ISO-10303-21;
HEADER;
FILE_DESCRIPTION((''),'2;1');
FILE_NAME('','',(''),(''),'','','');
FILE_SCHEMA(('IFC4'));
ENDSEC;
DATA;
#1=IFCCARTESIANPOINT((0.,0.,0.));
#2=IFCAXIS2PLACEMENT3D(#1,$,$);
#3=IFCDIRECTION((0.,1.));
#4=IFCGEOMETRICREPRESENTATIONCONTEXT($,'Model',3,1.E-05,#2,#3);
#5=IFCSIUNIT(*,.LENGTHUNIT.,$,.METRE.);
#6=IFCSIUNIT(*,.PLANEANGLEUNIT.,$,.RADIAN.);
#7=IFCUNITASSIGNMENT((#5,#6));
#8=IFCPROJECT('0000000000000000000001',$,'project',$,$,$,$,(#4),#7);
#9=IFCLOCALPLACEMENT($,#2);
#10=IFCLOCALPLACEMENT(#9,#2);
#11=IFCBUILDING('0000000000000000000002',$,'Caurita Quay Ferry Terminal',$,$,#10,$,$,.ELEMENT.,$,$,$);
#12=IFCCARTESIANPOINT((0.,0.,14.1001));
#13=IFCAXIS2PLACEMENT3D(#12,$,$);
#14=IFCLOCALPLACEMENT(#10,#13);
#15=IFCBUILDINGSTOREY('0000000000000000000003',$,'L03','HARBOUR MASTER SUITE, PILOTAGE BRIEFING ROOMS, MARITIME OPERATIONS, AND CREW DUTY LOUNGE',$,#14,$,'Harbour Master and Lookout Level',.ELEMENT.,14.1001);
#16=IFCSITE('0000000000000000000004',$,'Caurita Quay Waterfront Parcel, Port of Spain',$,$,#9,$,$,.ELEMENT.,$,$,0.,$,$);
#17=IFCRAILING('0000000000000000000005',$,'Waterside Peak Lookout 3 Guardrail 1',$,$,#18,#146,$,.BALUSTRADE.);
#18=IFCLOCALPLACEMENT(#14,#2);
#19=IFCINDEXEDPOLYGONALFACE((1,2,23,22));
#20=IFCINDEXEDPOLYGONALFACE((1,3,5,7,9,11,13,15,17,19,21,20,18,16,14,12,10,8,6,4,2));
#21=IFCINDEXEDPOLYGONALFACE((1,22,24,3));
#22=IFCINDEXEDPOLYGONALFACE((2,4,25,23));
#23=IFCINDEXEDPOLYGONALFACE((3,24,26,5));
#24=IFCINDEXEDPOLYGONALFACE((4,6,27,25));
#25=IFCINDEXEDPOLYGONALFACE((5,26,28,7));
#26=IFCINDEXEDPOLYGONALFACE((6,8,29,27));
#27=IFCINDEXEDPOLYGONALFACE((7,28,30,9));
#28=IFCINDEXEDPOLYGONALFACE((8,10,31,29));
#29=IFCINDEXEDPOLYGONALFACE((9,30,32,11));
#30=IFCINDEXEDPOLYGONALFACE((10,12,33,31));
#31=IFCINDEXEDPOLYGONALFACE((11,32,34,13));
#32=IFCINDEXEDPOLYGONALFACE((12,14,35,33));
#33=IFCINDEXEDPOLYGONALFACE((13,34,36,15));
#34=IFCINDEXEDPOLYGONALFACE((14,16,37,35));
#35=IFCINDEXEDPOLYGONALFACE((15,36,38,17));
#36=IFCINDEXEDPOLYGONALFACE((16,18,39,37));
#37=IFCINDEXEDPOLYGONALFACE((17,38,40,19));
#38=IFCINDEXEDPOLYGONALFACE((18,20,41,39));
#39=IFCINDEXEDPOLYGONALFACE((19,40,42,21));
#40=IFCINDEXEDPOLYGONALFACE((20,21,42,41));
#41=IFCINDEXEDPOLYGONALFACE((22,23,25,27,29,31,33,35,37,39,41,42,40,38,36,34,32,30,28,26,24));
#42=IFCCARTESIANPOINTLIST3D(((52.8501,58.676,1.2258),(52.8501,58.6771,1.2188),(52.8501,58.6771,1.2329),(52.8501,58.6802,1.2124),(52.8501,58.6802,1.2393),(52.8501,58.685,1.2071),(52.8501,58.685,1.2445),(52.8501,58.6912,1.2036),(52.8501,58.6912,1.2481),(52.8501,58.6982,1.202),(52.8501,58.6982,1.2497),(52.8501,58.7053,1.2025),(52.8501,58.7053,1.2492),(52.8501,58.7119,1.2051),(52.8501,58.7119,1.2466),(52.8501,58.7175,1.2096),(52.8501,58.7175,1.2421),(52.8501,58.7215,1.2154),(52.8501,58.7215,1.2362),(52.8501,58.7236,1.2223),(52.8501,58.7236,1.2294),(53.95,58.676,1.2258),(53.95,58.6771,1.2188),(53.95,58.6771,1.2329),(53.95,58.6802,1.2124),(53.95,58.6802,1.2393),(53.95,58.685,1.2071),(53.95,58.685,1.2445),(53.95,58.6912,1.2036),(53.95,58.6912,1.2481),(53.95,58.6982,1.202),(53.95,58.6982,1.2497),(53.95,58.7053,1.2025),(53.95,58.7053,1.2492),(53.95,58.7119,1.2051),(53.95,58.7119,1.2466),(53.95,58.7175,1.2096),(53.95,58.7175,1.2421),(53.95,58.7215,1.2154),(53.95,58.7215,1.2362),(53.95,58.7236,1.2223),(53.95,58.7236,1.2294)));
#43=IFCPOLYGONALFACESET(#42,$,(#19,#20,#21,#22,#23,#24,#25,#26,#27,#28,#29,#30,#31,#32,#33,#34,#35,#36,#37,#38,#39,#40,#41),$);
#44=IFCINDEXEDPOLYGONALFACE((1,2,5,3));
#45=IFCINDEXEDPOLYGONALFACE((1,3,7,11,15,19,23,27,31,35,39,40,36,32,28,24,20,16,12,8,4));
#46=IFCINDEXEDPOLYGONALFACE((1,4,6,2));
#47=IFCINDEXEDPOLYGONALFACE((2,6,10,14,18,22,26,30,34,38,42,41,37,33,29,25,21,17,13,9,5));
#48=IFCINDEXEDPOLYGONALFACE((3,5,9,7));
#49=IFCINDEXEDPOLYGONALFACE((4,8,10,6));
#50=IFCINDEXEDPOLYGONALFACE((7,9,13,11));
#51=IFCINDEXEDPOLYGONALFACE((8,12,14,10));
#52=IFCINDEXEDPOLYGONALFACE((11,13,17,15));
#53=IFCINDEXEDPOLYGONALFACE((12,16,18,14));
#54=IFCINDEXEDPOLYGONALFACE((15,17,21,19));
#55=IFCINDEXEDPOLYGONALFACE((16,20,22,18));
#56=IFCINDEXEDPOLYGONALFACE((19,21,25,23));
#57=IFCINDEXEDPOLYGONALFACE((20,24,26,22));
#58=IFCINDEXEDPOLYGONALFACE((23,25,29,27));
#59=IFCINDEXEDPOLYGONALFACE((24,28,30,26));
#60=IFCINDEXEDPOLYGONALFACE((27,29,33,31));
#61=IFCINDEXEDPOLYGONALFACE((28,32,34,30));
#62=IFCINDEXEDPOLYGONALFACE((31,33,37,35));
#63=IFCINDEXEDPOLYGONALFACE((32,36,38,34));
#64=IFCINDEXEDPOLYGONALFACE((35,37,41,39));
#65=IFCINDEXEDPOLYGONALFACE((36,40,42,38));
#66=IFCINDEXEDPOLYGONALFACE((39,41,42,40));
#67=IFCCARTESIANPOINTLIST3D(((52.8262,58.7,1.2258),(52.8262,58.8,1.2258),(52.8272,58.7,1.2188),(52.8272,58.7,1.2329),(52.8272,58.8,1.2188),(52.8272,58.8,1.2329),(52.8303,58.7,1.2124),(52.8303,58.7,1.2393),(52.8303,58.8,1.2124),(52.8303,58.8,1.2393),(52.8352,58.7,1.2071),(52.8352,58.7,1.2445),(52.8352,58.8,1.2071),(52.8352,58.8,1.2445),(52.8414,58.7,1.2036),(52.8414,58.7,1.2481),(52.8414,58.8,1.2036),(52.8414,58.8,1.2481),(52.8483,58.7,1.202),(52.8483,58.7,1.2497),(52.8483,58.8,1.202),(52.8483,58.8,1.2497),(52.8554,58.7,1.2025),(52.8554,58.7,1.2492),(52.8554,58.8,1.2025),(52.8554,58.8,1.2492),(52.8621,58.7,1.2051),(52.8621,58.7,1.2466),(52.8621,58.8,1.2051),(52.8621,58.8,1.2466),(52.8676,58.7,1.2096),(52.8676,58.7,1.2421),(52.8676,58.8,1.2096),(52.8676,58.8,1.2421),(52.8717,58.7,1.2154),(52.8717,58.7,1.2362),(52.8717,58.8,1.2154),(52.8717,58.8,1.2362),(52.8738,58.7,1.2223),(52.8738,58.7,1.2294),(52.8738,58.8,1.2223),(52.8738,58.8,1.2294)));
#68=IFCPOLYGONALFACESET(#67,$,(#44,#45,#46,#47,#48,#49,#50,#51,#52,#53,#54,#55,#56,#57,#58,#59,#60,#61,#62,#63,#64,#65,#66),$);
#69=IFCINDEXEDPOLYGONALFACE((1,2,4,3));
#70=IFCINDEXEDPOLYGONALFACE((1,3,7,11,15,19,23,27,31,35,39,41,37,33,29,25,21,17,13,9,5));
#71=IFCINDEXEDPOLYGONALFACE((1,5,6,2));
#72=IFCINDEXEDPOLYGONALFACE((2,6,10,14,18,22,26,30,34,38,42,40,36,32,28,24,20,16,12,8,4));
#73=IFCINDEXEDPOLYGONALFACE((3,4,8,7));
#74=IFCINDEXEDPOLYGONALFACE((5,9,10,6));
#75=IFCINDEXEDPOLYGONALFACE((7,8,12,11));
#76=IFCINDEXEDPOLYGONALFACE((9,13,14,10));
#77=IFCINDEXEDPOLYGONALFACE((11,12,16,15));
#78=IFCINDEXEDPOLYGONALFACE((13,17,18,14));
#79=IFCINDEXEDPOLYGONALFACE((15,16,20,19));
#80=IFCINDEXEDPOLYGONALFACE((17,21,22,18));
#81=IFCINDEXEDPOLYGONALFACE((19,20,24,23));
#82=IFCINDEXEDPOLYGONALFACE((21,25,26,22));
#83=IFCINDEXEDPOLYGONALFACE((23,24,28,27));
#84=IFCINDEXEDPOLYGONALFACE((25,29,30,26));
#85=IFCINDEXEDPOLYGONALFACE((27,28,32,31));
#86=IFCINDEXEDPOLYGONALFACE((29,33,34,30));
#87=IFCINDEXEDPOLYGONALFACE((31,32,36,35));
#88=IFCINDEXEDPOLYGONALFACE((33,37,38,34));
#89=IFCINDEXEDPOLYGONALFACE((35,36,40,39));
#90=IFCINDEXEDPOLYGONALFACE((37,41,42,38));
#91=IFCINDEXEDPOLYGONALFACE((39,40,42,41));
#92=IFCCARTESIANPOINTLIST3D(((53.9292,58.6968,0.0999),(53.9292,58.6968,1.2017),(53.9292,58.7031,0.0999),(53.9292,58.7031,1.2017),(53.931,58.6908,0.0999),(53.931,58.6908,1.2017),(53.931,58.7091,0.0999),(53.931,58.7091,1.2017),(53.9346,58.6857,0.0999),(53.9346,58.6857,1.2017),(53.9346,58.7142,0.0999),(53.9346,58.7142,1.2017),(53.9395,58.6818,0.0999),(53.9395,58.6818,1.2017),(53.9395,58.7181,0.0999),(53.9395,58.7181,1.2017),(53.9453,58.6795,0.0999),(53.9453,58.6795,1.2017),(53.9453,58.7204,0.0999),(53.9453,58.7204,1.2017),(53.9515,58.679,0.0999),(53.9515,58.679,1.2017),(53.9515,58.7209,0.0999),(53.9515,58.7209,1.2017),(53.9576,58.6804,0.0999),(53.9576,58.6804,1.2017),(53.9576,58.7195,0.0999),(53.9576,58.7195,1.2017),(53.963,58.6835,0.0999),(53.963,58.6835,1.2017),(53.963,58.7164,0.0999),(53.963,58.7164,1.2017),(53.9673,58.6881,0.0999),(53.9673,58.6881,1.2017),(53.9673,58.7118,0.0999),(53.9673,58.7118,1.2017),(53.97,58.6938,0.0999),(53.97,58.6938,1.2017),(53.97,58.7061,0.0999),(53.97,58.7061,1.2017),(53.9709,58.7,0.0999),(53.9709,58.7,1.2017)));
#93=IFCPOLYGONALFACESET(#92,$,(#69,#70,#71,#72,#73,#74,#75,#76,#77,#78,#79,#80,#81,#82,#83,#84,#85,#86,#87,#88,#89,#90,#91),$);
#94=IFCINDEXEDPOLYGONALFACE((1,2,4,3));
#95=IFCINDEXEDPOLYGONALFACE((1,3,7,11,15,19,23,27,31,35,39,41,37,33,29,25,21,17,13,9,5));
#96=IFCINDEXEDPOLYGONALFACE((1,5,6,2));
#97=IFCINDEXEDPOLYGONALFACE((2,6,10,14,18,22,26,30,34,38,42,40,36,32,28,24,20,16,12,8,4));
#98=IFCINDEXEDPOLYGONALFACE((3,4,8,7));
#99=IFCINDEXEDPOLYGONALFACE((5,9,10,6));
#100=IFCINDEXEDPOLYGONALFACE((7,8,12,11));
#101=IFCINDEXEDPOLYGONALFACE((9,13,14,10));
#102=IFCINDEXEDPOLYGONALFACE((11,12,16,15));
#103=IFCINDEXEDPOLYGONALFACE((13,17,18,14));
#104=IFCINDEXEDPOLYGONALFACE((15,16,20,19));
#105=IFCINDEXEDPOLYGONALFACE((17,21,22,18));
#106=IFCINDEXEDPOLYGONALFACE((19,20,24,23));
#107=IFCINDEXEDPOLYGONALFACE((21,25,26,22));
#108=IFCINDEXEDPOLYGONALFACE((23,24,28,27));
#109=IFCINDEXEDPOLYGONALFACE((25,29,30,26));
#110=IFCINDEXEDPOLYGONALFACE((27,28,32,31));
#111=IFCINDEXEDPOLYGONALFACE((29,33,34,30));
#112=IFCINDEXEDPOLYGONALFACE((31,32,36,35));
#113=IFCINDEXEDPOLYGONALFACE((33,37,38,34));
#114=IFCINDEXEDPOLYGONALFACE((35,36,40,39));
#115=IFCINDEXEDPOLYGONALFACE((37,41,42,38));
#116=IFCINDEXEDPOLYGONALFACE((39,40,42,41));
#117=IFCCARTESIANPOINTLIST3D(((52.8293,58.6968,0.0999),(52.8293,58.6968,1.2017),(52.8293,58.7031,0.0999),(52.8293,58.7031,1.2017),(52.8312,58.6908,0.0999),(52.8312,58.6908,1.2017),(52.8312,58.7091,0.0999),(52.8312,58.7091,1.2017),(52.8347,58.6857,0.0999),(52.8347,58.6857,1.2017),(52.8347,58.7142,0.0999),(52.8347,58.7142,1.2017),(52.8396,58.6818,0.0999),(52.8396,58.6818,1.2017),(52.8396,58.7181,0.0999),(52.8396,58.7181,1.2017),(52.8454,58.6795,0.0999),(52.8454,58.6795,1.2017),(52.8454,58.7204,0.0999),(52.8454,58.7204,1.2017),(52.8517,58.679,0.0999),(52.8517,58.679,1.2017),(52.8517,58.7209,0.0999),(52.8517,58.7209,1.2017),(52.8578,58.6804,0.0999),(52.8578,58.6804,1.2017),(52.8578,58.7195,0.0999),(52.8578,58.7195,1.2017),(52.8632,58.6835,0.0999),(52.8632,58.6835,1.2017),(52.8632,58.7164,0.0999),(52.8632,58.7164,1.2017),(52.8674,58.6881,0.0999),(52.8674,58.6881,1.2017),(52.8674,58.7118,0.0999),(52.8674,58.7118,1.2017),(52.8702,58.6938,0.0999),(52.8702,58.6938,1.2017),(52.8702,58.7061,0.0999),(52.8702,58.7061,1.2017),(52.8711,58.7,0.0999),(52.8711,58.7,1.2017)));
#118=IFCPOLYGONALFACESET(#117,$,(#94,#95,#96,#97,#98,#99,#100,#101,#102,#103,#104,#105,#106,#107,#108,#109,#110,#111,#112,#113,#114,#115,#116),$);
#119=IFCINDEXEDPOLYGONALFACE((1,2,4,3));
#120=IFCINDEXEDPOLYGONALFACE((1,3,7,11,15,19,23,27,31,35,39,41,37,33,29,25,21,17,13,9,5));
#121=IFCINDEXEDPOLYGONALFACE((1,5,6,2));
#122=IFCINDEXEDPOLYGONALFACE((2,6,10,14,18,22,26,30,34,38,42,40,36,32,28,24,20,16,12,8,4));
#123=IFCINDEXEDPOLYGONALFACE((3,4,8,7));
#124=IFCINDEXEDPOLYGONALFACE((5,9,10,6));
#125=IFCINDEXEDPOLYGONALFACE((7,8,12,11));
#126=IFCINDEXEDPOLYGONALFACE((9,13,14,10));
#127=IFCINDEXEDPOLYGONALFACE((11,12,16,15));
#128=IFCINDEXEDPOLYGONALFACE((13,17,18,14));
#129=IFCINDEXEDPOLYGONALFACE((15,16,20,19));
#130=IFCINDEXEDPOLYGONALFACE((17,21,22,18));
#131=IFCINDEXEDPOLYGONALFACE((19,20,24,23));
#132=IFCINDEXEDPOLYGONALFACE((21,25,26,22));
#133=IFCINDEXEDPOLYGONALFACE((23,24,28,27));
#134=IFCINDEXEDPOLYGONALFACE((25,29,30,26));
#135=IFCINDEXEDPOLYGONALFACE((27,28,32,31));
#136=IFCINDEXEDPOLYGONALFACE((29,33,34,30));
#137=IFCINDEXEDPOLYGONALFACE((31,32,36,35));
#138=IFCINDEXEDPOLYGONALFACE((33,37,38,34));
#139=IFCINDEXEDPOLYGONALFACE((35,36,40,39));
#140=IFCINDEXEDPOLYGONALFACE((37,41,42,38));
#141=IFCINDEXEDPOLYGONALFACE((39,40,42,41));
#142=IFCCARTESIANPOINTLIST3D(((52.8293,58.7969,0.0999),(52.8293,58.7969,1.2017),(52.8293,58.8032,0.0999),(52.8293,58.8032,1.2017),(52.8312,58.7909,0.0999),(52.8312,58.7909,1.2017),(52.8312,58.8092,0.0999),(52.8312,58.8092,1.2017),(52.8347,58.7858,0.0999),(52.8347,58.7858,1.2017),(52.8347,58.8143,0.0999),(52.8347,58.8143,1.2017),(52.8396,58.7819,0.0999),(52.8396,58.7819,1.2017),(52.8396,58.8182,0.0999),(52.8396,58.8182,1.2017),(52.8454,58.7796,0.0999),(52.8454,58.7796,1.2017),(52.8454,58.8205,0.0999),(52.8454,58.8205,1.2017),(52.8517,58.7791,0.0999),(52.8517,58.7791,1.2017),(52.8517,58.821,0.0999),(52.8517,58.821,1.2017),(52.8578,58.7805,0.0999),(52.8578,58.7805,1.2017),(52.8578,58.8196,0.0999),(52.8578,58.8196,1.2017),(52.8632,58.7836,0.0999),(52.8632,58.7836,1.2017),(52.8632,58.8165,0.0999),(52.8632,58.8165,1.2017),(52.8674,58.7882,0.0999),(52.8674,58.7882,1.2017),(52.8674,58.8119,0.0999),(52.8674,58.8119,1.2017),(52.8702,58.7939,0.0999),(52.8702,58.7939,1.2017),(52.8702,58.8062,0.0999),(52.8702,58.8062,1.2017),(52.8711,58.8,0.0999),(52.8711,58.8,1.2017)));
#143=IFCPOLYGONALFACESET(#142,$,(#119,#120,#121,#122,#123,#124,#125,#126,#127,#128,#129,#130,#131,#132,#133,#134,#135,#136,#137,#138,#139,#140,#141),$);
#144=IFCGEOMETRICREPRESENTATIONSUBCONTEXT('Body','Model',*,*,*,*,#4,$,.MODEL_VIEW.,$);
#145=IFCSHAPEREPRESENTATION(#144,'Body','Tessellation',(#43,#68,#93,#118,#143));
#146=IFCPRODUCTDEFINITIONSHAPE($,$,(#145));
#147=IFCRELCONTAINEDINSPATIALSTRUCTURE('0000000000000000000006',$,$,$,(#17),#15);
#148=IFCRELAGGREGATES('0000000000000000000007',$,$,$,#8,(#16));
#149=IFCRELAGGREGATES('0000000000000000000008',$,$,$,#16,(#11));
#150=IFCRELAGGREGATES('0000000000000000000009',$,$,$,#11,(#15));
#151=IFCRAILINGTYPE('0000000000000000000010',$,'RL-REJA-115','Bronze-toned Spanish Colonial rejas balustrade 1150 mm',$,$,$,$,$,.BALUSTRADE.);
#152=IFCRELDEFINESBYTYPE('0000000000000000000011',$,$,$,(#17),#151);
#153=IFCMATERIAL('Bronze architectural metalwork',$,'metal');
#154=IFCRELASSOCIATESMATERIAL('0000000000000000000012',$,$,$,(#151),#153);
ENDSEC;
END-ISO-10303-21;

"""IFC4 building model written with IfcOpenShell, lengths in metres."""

from ifc_helpers import new_model, si_unit, direction, frame, origin, origin_2d, place, context, subcontext, project, spatial, circle, extrude, material, type_object, element, save


model = new_model("IFC4")

# Units and contexts
model_context = context("Model", 3, precision=1e-05, world=origin(), true_north=direction((0.0, 1.0)))
body_context = subcontext(model_context, "Body", "Model", "MODEL_VIEW")
ifc_project = project(units=[si_unit("LENGTHUNIT", "METRE"), si_unit("PLANEANGLEUNIT", "RADIAN")], contexts=[model_context])

# Site, building, storey
site_placement = place(None, origin())
site = spatial("IfcSite", under=ifc_project, at=site_placement, Name="Caurita Quay Waterfront Parcel, Port of Spain", CompositionType="ELEMENT", RefElevation=0.0)
building_placement = place(site_placement, origin())
building = spatial("IfcBuilding", under=site, at=building_placement, Name="Caurita Quay Ferry Terminal", CompositionType="ELEMENT")
storey_placement = place(building_placement, frame((0.0, 0.0, 14.1001)))
storey = spatial("IfcBuildingStorey", under=building, at=storey_placement, Name="L03", Description="HARBOUR MASTER SUITE, PILOTAGE BRIEFING ROOMS, MARITIME OPERATIONS, AND CREW DUTY LOUNGE", LongName="Harbour Master and Lookout Level", CompositionType="ELEMENT", Elevation=14.1001)

# Railing
ifc_material_1 = material(Name="Bronze architectural metalwork", Category="metal")
railing_type_1 = type_object("IfcRailingType", Name="RL-REJA-115", Description="Bronze-toned Spanish Colonial rejas balustrade 1150 mm", PredefinedType="BALUSTRADE", material=ifc_material_1)
railing_1_placement = place(storey_placement, frame((53.95, 58.7, 0.0999)))
element("IfcRailing", 1, at=railing_1_placement, inside=storey, type_object=railing_type_1, Name="Waterside Peak Lookout 3 Guardrail 1", PredefinedType="BALUSTRADE", context=body_context, shape_type="SweptSolid", body=[
    extrude(circle(Radius=0.0239, at=origin_2d()), frame((0.0, 0.0, 1.126), z_axis=(-1.0, 0.0, 0.0), x_axis=(0.0, -1.0, 0.0)), (0.0, 0.0, 1.0), 1.0999),
    extrude(circle(Radius=0.0239, at=origin_2d()), frame((-1.0999, 0.0, 1.126), z_axis=(0.0, 1.0, 0.0), x_axis=(-1.0, 0.0, 0.0)), (0.0, 0.0, 1.0), 0.1001),
    extrude(circle(Radius=0.021, at=origin_2d()), origin(), (0.0, 0.0, 1.0), 1.1018),
    extrude(circle(Radius=0.021, at=origin_2d()), frame((-1.0999, 0.0, 0.0)), (0.0, 0.0, 1.0), 1.1018),
    extrude(circle(Radius=0.021, at=origin_2d()), frame((-1.0999, 0.1001, 0.0)), (0.0, 0.0, 1.0), 1.1018),
])

save(model, "model.ifc")
